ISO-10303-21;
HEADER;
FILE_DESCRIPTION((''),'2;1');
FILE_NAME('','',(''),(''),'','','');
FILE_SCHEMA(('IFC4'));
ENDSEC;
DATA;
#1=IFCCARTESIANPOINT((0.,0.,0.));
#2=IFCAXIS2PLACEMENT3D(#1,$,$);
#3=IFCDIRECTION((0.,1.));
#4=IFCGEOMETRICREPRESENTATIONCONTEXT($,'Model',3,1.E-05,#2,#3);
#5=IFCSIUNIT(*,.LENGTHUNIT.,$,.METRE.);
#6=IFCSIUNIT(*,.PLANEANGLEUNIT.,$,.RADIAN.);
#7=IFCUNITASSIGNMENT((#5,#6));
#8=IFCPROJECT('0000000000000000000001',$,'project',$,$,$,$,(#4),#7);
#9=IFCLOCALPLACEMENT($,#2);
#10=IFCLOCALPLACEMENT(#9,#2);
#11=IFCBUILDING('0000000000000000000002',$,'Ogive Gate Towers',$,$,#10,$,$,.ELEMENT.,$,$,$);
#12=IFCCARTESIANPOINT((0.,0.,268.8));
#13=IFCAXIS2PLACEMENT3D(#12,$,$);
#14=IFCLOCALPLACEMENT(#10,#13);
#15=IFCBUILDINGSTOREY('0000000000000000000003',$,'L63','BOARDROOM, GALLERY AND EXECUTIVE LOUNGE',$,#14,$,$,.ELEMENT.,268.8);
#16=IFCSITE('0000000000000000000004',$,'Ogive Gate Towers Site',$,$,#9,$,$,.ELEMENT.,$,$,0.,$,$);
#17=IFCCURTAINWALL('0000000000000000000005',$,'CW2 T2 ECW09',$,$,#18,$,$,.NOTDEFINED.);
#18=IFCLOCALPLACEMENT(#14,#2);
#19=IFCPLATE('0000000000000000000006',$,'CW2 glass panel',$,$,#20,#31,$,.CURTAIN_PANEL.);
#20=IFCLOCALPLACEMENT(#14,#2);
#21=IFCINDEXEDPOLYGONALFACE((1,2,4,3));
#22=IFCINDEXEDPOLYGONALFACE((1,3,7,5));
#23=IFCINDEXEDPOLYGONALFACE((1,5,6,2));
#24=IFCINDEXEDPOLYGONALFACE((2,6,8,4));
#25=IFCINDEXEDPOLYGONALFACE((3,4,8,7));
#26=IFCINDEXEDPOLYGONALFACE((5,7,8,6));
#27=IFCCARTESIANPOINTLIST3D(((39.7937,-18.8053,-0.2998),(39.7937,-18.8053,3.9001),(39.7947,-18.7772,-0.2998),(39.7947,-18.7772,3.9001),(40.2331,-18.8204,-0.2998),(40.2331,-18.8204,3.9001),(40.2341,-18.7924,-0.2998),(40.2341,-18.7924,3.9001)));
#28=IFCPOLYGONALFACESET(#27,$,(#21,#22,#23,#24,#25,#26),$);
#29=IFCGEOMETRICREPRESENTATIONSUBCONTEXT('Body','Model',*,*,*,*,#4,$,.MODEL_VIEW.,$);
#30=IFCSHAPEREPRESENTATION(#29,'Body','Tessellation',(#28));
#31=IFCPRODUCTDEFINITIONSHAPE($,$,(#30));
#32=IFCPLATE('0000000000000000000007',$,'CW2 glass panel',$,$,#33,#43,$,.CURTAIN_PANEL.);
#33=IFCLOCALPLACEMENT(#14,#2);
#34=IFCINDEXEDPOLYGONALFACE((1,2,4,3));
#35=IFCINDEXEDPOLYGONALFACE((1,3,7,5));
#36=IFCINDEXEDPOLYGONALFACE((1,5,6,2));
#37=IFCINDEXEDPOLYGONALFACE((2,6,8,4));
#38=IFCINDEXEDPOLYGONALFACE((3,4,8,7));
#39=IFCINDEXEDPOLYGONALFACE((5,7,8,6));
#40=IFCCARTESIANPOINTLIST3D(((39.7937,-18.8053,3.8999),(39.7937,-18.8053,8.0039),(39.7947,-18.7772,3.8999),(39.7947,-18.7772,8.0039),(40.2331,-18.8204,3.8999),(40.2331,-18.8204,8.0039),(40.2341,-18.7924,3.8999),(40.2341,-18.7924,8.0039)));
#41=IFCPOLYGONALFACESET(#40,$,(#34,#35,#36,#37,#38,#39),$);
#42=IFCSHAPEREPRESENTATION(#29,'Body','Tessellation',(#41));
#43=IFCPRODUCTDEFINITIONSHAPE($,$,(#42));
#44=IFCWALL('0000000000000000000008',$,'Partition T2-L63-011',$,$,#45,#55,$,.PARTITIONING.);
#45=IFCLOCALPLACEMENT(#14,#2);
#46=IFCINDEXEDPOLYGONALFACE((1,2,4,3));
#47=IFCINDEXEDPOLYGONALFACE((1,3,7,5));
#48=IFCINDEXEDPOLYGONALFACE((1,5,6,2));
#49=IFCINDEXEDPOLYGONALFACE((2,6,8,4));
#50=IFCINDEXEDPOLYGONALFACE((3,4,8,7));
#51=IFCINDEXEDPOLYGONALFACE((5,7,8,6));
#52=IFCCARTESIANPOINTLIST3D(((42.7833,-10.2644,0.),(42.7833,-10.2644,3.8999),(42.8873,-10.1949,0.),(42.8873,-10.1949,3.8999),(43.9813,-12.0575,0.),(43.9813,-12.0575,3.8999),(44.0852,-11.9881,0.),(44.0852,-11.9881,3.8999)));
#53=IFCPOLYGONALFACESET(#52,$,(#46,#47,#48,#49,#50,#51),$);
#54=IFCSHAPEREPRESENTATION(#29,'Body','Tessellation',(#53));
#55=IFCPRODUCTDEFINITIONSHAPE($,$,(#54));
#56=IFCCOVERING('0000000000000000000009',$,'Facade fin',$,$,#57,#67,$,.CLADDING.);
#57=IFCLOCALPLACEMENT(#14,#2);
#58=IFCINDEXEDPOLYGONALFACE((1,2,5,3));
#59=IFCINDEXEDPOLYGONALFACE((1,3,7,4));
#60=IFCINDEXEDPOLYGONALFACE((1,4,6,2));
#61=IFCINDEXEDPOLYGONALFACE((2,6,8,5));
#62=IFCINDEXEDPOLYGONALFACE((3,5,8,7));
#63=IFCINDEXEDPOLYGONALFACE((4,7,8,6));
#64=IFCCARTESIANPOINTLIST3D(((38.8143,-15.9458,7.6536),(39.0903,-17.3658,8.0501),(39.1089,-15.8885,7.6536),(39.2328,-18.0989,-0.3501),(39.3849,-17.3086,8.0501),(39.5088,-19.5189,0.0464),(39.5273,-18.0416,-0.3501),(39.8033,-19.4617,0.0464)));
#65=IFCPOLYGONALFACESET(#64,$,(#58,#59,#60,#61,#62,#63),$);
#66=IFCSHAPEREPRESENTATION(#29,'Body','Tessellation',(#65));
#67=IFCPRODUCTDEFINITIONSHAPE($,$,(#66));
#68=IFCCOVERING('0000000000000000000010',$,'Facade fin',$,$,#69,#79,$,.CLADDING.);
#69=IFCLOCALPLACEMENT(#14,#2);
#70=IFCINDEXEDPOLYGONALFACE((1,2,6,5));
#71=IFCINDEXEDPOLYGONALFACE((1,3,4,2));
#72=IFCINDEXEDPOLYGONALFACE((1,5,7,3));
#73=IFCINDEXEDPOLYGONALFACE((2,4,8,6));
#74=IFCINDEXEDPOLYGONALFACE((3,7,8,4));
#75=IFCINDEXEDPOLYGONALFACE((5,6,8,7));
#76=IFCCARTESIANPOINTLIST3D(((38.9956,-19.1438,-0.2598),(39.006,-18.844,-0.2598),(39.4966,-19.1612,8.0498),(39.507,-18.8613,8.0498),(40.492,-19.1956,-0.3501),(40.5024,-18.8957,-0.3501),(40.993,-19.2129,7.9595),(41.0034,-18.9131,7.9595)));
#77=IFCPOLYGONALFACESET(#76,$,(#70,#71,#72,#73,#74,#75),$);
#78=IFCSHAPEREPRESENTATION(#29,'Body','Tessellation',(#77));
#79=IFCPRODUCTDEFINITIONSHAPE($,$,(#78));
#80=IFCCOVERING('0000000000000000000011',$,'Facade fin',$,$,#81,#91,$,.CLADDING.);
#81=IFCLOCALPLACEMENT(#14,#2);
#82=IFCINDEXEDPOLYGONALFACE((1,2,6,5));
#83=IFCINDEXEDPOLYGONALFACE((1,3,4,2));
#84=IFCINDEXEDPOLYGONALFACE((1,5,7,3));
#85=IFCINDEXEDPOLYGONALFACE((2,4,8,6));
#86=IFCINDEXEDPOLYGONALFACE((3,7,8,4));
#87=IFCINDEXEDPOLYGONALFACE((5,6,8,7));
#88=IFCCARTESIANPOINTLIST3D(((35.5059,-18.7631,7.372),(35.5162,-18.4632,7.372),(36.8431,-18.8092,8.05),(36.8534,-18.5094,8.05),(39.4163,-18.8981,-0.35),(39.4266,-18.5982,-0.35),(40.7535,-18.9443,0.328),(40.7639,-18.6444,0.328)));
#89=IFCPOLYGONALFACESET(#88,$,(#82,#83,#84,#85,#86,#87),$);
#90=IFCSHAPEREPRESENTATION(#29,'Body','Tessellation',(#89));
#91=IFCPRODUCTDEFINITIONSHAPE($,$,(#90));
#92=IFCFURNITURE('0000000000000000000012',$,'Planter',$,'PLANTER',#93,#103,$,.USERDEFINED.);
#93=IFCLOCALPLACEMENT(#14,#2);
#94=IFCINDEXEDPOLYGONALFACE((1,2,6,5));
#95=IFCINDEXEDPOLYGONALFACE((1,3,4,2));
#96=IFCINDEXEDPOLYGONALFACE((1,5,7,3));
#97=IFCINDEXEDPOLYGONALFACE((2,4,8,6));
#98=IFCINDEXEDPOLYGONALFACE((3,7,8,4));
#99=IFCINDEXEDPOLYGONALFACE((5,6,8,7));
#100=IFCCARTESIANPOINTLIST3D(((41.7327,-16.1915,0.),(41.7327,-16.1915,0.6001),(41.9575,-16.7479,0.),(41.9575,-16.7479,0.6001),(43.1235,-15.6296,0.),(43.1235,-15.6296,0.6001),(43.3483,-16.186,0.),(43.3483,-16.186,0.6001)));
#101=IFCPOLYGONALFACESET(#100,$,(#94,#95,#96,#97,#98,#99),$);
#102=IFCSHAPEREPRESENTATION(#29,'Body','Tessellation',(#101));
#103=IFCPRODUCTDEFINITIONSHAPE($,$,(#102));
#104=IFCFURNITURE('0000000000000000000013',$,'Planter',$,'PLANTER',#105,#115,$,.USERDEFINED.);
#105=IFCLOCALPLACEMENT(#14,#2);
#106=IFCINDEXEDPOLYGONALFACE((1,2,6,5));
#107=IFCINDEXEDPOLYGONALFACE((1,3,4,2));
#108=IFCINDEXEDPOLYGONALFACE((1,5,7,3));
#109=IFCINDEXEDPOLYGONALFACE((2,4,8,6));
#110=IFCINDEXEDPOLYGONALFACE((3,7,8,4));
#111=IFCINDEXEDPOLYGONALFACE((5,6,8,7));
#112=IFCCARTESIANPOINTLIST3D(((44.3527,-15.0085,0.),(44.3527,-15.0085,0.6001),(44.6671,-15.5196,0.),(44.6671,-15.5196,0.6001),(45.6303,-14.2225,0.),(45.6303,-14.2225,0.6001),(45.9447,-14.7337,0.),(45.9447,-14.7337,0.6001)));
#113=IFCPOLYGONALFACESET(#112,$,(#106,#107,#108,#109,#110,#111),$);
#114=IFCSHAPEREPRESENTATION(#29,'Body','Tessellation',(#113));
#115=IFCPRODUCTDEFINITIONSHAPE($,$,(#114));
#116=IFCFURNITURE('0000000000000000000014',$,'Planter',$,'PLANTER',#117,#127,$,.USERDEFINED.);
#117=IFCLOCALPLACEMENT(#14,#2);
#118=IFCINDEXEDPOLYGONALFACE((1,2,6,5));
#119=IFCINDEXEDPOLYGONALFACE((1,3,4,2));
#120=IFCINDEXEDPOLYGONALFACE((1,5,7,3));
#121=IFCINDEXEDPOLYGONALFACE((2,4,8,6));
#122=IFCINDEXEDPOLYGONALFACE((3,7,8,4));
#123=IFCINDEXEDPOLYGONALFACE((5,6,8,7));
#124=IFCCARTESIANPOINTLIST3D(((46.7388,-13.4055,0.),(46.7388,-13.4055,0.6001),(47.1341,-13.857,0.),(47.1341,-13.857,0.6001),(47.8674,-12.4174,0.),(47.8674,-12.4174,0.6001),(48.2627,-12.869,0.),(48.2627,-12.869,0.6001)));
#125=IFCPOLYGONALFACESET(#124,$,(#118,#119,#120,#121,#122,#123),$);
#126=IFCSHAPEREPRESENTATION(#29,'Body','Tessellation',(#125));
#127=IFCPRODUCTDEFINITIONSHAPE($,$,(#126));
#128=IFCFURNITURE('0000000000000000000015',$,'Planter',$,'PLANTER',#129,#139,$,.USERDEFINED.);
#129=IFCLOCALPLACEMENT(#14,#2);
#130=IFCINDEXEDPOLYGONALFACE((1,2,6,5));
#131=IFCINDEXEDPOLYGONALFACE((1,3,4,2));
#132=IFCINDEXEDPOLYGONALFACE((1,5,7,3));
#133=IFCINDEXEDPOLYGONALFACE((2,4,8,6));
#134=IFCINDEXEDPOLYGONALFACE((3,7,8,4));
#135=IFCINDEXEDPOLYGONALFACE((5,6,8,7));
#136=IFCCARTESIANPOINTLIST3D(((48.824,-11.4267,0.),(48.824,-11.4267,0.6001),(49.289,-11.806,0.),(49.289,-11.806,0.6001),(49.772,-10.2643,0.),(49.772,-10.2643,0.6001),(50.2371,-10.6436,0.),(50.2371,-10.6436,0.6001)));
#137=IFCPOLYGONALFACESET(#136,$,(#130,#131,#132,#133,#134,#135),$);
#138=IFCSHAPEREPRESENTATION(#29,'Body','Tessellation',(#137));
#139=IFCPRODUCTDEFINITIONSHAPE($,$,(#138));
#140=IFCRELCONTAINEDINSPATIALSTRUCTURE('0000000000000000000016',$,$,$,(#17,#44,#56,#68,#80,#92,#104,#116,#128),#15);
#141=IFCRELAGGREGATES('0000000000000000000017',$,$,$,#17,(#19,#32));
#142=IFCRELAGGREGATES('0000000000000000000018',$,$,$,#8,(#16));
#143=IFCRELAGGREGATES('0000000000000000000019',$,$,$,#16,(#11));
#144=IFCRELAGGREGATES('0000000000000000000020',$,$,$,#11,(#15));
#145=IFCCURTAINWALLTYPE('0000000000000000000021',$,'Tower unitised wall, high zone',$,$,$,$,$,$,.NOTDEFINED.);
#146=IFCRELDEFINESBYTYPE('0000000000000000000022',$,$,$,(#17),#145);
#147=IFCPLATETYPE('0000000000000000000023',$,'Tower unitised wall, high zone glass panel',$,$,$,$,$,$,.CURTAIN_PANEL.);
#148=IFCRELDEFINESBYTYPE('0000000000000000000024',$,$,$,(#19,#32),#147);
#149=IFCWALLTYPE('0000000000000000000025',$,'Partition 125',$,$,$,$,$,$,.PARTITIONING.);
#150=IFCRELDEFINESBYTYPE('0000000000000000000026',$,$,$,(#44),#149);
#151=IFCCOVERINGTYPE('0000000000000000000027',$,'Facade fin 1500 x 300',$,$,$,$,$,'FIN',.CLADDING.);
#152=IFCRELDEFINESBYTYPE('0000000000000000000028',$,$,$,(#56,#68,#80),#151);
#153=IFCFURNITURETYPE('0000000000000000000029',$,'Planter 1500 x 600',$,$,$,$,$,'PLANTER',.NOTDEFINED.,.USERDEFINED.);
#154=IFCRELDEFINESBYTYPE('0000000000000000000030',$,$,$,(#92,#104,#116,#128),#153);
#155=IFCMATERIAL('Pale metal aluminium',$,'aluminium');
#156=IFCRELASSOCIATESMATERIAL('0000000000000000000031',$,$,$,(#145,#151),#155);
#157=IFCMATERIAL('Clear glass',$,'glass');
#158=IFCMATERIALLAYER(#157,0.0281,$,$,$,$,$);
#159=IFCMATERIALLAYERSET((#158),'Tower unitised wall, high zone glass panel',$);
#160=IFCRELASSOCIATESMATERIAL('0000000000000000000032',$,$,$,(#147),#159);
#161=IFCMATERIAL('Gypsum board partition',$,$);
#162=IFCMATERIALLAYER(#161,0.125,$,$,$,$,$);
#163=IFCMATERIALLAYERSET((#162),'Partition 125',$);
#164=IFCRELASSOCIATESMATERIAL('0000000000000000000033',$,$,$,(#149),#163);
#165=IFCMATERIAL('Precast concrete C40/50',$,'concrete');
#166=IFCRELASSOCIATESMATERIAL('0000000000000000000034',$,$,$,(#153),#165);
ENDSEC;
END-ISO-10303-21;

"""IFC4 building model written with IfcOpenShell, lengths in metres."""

from ifc_helpers import new_model, si_unit, direction, frame, frame_2d, origin, origin_2d, place, context, subcontext, project, spatial, rectangle, extrude, material, layer, layer_set, material_profile, profile_set, type_object, element, aggregate, save


model = new_model("IFC4")

# Units and contexts
model_context = context("Model", 3, precision=1e-05, world=origin(), true_north=direction((0.0, 1.0)))
body_context = subcontext(model_context, "Body", "Model", "MODEL_VIEW")
ifc_project = project(units=[si_unit("LENGTHUNIT", "METRE"), si_unit("PLANEANGLEUNIT", "RADIAN")], contexts=[model_context])

# Site, building, storey
site_placement = place(None, origin())
site = spatial("IfcSite", under=ifc_project, at=site_placement, Name="Ogive Gate Towers Site", CompositionType="ELEMENT", RefElevation=0.0)
building_placement = place(site_placement, origin())
building = spatial("IfcBuilding", under=site, at=building_placement, Name="Ogive Gate Towers", CompositionType="ELEMENT")
storey_placement = place(building_placement, frame((0.0, 0.0, 268.8)))
storey = spatial("IfcBuildingStorey", under=building, at=storey_placement, Name="L63", Description="BOARDROOM, GALLERY AND EXECUTIVE LOUNGE", CompositionType="ELEMENT", Elevation=268.8)

# Curtain wall
ifc_material_1 = material(Name="Pale metal aluminium", Category="aluminium")
curtain_wall_type_1 = type_object("IfcCurtainWallType", Name="Tower unitised wall, high zone", PredefinedType="NOTDEFINED", material=ifc_material_1)
curtain_wall_1_placement = place(storey_placement, origin())
curtain_wall_1 = element("IfcCurtainWall", 1, at=curtain_wall_1_placement, inside=storey, type_object=curtain_wall_type_1, Name="CW2 T2 ECW09", PredefinedType="NOTDEFINED")

# Plates
ifc_material_2 = material(Name="Clear glass", Category="glass")
ifc_layer_1 = layer(ifc_material_2, 0.0281)
ifc_layer_set_1 = layer_set([ifc_layer_1], Name="Tower unitised wall, high zone glass panel")
plate_type_1 = type_object("IfcPlateType", Name="Tower unitised wall, high zone glass panel", PredefinedType="CURTAIN_PANEL", material=ifc_layer_set_1)
plate_1_placement = place(storey_placement, frame((40.0139, -18.7988, -0.2998), z_axis=(0.0, 0.0, 1.0), x_axis=(0.999404, -0.034533, 0.0)))
plate_1 = element("IfcPlate", 2, at=plate_1_placement, type_object=plate_type_1, Name="CW2 glass panel", PredefinedType="CURTAIN_PANEL", context=body_context, shape_type="SweptSolid", body=[
    extrude(rectangle(XDim=0.4397, YDim=0.0281, at=origin_2d()), origin(), (0.0, 0.0, 1.0), 4.2),
])
plate_2_placement = place(storey_placement, frame((40.0139, -18.7988, 3.8999), z_axis=(0.0, 0.0, 1.0), x_axis=(0.999404, -0.034533, 0.0)))
plate_2 = element("IfcPlate", 3, at=plate_2_placement, type_object=plate_type_1, Name="CW2 glass panel", PredefinedType="CURTAIN_PANEL", context=body_context, shape_type="SweptSolid", body=[
    extrude(rectangle(XDim=0.4397, YDim=0.0281, at=origin_2d()), origin(), (0.0, 0.0, 1.0), 4.104),
])
aggregate(curtain_wall_1, [plate_1, plate_2])

# Wall
ifc_material_3 = material(Name="Gypsum board partition")
ifc_layer_2 = layer(ifc_material_3, 0.125)
ifc_layer_set_2 = layer_set([ifc_layer_2], Name="Partition 125")
wall_type = type_object("IfcWallType", Name="Partition 125", PredefinedType="PARTITIONING", material=ifc_layer_set_2)
wall_placement = place(storey_placement, frame((44.0332, -12.0227, 0.0), z_axis=(0.0, 0.0, 1.0), x_axis=(-0.55551, 0.83151, 0.0)))
element("IfcWall", 4, at=wall_placement, inside=storey, type_object=wall_type, Name="Partition T2-L63-011", PredefinedType="PARTITIONING", context=body_context, shape_type="SweptSolid", body=[
    extrude(rectangle(XDim=2.1565, YDim=0.125, at=frame_2d((1.0781, 0.0))), origin(), (0.0, 0.0, 1.0), 3.8999),
])

# Coverings
ifc_material_profile_1 = material_profile(ifc_material_1, rectangle(XDim=0.3, YDim=1.5, at=origin_2d()), Name="1500 x 300 pale metal aluminium")
ifc_profile_set_1 = profile_set([ifc_material_profile_1], Name="Pale metal aluminium")
covering_type = type_object("IfcCoveringType", Name="Facade fin 1500 x 300", ElementType="FIN", PredefinedType="CLADDING", material=ifc_profile_set_1)
covering_1_placement = place(storey_placement, frame((39.5181, -18.7803, -0.1519), z_axis=(-0.050424, 0.259445, 0.96444), x_axis=(-0.981632, -0.190783, 0.0)))
element("IfcCovering", 5, at=covering_1_placement, inside=storey, type_object=covering_type, Name="Facade fin", PredefinedType="CLADDING", context=body_context, shape_type="SweptSolid", body=[
    extrude(rectangle(XDim=0.3, YDim=1.5, at=origin_2d()), origin(), (0.0, 0.0, 1.0), 8.2988),
])
covering_2_placement = place(storey_placement, frame((39.749, -19.0198, -0.3049), z_axis=(0.06018, -0.002082, 0.998185), x_axis=(0.03458, 0.999402, 0.0)))
element("IfcCovering", 6, at=covering_2_placement, inside=storey, type_object=covering_type, Name="Facade fin", PredefinedType="CLADDING", context=body_context, shape_type="SweptSolid", body=[
    extrude(rectangle(XDim=0.3, YDim=1.5, at=origin_2d()), origin(), (0.0, 0.0, 1.0), 8.3247),
])
covering_3_placement = place(storey_placement, frame((40.0901, -18.7712, -0.011), z_axis=(-0.451722, 0.015596, 0.892022), x_axis=(-0.034505, -0.999405, 0.0)))
element("IfcCovering", 7, at=covering_3_placement, inside=storey, type_object=covering_type, Name="Facade fin", PredefinedType="CLADDING", context=body_context, shape_type="SweptSolid", body=[
    extrude(rectangle(XDim=0.3, YDim=1.5, at=origin_2d()), origin(), (0.0, 0.0, 1.0), 8.6567),
])

# Furniture
ifc_material_4 = material(Name="Precast concrete C40/50", Category="concrete")
furniture_type = type_object("IfcFurnitureType", Name="Planter 1500 x 600", ElementType="PLANTER", AssemblyPlace="NOTDEFINED", PredefinedType="USERDEFINED", material=ifc_material_4)
for number, where, z_axis, x_axis, name in (
    (8, (42.5405, -16.1887, 0.0), (0.0, 0.0, 1.0), (0.927184, 0.374607, 0.0), "Planter"),
    (9, (45.1487, -14.8711, 0.0), (0.0, 0.0, 1.0), (0.851727, 0.523986, 0.0), "Planter"),
    (10, (47.5007, -13.1372, 0.0), (0.0, 0.0, 1.0), (0.752415, 0.658689, 0.0), "Planter"),
    (11, (49.5305, -11.0352, 0.0), (0.0, 0.0, 1.0), (0.632029, 0.774944, 0.0), "Planter"),
):
    element("IfcFurniture", number, at=place(storey_placement, frame(where, z_axis=z_axis, x_axis=x_axis)), inside=storey, type_object=furniture_type, Name=name, ObjectType="PLANTER", PredefinedType="USERDEFINED", context=body_context, shape_type="SweptSolid", body=[
        extrude(rectangle(XDim=1.5, YDim=0.6001, at=origin_2d()), origin(), (0.0, 0.0, 1.0), 0.6001),
    ])

save(model, "model.ifc")
